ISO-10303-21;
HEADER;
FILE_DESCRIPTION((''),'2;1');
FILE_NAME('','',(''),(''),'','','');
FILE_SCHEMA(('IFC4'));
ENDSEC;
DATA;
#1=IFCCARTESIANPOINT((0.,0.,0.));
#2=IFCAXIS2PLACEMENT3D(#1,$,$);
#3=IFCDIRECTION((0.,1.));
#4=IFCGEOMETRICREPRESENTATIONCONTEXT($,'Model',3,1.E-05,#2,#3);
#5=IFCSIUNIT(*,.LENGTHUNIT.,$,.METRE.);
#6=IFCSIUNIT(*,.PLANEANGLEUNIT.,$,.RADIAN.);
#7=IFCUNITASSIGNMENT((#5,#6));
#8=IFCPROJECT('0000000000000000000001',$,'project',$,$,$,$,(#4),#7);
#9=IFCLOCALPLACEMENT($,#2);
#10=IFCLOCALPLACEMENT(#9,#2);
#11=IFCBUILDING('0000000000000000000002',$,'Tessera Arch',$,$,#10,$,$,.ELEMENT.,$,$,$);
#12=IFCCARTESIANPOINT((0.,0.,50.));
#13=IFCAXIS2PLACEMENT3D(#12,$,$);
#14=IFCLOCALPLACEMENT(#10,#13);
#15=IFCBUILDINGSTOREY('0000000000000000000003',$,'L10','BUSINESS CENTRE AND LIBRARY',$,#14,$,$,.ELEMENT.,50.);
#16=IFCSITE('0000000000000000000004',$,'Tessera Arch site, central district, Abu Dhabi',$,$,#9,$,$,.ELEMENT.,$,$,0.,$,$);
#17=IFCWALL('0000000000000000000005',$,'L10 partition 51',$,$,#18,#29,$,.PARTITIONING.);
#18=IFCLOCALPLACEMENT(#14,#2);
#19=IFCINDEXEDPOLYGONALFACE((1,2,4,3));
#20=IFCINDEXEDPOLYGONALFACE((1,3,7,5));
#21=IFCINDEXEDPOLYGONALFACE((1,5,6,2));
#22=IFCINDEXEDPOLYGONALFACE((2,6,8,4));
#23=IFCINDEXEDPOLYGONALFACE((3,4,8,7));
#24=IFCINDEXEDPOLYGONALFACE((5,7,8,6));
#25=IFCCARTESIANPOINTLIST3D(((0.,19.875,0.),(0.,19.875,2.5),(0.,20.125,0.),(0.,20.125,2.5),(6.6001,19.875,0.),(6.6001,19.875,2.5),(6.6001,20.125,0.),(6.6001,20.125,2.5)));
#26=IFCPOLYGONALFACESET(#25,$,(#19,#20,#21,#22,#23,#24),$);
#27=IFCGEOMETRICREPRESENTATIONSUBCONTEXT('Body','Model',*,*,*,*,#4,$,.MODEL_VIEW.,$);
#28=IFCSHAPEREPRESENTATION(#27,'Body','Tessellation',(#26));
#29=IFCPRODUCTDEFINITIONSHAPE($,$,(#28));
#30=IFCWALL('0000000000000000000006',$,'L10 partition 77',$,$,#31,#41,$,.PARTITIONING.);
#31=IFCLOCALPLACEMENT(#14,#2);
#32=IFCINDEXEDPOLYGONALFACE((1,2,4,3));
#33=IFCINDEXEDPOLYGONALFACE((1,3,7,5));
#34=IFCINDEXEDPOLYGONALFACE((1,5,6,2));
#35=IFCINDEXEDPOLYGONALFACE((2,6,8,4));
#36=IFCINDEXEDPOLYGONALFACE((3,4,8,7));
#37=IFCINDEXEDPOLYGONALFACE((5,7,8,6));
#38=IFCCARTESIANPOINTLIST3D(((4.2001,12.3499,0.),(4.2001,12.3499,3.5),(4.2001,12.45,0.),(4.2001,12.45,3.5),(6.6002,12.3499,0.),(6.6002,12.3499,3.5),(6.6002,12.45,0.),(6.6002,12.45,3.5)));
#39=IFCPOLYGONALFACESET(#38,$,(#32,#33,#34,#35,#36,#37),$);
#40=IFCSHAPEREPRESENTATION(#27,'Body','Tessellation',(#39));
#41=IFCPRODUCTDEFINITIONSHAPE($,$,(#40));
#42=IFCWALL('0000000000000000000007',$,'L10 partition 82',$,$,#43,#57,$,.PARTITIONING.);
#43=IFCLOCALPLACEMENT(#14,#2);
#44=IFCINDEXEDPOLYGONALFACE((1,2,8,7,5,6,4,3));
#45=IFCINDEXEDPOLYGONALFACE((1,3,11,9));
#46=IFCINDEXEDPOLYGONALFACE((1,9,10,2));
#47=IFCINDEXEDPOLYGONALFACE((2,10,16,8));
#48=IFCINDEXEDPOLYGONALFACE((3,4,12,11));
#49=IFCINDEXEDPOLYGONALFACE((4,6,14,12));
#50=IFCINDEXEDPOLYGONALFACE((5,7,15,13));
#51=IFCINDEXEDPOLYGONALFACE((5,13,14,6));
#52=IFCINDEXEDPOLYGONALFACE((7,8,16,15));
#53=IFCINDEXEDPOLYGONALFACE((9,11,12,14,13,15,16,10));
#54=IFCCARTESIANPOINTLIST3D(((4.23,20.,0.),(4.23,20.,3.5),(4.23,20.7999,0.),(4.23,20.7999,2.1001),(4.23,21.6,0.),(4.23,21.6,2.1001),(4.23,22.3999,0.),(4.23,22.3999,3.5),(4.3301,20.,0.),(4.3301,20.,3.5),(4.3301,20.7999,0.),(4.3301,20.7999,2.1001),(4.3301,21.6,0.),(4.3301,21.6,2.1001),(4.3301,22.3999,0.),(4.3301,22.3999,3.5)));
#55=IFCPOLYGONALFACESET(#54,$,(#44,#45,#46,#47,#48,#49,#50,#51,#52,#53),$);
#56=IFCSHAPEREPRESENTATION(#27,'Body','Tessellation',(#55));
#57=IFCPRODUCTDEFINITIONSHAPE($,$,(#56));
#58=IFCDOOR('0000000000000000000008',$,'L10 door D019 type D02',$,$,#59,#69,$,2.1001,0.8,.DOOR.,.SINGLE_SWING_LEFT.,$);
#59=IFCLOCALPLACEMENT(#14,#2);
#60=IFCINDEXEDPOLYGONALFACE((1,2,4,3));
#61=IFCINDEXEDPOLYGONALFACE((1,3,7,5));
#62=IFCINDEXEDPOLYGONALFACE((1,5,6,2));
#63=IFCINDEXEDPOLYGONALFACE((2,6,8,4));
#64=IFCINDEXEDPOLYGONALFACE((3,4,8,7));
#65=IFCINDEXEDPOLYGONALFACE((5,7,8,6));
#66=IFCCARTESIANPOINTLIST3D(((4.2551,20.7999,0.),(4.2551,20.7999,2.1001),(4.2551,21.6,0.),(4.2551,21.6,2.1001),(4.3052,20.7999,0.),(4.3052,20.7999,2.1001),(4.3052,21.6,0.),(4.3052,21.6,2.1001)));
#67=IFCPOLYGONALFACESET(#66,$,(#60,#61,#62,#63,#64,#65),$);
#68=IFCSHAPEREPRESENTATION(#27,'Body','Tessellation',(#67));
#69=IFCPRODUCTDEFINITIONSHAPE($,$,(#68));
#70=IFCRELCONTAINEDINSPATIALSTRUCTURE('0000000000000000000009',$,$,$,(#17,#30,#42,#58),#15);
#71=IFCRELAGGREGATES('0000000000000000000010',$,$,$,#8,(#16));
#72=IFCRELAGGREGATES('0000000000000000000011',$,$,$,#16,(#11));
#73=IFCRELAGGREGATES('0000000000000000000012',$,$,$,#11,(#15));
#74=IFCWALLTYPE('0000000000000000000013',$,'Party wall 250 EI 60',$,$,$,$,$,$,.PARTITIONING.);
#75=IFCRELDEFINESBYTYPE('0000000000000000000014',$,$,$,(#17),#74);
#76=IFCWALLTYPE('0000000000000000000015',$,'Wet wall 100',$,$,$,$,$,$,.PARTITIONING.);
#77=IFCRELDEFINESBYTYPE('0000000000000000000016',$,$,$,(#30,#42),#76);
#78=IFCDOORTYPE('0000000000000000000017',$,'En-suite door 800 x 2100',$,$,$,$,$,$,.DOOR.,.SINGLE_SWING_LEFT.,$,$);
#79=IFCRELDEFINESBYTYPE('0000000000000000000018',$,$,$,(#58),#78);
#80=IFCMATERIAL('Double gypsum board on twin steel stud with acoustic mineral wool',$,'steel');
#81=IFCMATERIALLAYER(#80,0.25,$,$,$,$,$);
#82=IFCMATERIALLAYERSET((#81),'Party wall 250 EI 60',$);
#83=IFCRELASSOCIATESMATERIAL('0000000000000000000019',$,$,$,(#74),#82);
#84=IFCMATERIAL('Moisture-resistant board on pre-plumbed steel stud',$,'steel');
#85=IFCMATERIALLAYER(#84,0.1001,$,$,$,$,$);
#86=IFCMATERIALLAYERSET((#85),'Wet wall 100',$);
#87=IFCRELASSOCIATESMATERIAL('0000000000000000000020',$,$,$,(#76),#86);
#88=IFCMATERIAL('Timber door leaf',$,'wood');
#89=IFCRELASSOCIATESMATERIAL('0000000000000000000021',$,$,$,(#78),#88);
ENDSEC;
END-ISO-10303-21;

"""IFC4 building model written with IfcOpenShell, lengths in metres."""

from ifc_helpers import new_model, si_unit, direction, frame, frame_2d, origin, place, context, subcontext, project, spatial, rectangle, extrude, material, layer, layer_set, type_object, element, fill, save


model = new_model("IFC4")

# Units and contexts
model_context = context("Model", 3, precision=1e-05, world=origin(), true_north=direction((0.0, 1.0)))
body_context = subcontext(model_context, "Body", "Model", "MODEL_VIEW")
ifc_project = project(units=[si_unit("LENGTHUNIT", "METRE"), si_unit("PLANEANGLEUNIT", "RADIAN")], contexts=[model_context])

# Site, building, storey
site_placement = place(None, origin())
site = spatial("IfcSite", under=ifc_project, at=site_placement, Name="Tessera Arch site, central district, Abu Dhabi", CompositionType="ELEMENT", RefElevation=0.0)
building_placement = place(site_placement, origin())
building = spatial("IfcBuilding", under=site, at=building_placement, Name="Tessera Arch", CompositionType="ELEMENT")
storey_placement = place(building_placement, frame((0.0, 0.0, 50.0)))
storey = spatial("IfcBuildingStorey", under=building, at=storey_placement, Name="L10", Description="BUSINESS CENTRE AND LIBRARY", CompositionType="ELEMENT", Elevation=50.0)

# Walls
ifc_material_1 = material(Name="Double gypsum board on twin steel stud with acoustic mineral wool", Category="steel")
ifc_layer_1 = layer(ifc_material_1, 0.25)
ifc_layer_set_1 = layer_set([ifc_layer_1], Name="Party wall 250 EI 60")
wall_type_1 = type_object("IfcWallType", Name="Party wall 250 EI 60", PredefinedType="PARTITIONING", material=ifc_layer_set_1)
wall_1_placement = place(storey_placement, frame((0.0, 20.0, 0.0), z_axis=(0.0, 0.0, 1.0), x_axis=(1.0, 0.0, 0.0)))
element("IfcWall", 1, at=wall_1_placement, inside=storey, type_object=wall_type_1, Name="L10 partition 51", PredefinedType="PARTITIONING", context=body_context, shape_type="SweptSolid", body=[
    extrude(rectangle(XDim=6.6001, YDim=0.25, at=frame_2d((3.3, 0.0))), origin(), (0.0, 0.0, 1.0), 2.5),
])
ifc_material_2 = material(Name="Moisture-resistant board on pre-plumbed steel stud", Category="steel")
ifc_layer_2 = layer(ifc_material_2, 0.1001)
ifc_layer_set_2 = layer_set([ifc_layer_2], Name="Wet wall 100")
wall_type_2 = type_object("IfcWallType", Name="Wet wall 100", PredefinedType="PARTITIONING", material=ifc_layer_set_2)
wall_2_placement = place(storey_placement, frame((4.2, 12.3999, 0.0), z_axis=(0.0, 0.0, 1.0), x_axis=(1.0, 0.0, 0.0)))
element("IfcWall", 2, at=wall_2_placement, inside=storey, type_object=wall_type_2, Name="L10 partition 77", PredefinedType="PARTITIONING", context=body_context, shape_type="SweptSolid", body=[
    extrude(rectangle(XDim=2.4001, YDim=0.1001, at=frame_2d((1.2002, 0.0))), origin(), (0.0, 0.0, 1.0), 3.5),
])

# Wall, opening, door
wall_3_placement = place(storey_placement, frame((4.28, 20.0, 0.0), z_axis=(0.0, 0.0, 1.0), x_axis=(0.0, 1.0, 0.0)))
wall_3 = element("IfcWall", 3, at=wall_3_placement, inside=storey, type_object=wall_type_2, Name="L10 partition 82", PredefinedType="PARTITIONING", context=body_context, shape_type="SweptSolid", body=[
    extrude(rectangle(XDim=2.3999, YDim=0.1001, at=frame_2d((1.2, 0.0))), origin(), (0.0, 0.0, 1.0), 3.5),
])
opening_1_placement = place(wall_3_placement, frame((0.8, 0.0, 0.0)))
opening_1 = element("IfcOpeningElement", 4, at=opening_1_placement, cuts=wall_3, PredefinedType="OPENING", context=body_context, shape_type="SweptSolid", body=[
    extrude(rectangle(XDim=0.8, YDim=2.1001, at=frame_2d((0.3999, 1.05))), frame((0.0, 0.0601, 0.0), z_axis=(0.0, -1.0, 0.0), x_axis=(1.0, 0.0, 0.0)), (0.0, 0.0, 1.0), 0.1201),
])
ifc_material_3 = material(Name="Timber door leaf", Category="wood")
door_type_1 = type_object("IfcDoorType", Name="En-suite door 800 x 2100", OperationType="SINGLE_SWING_LEFT", PredefinedType="DOOR", material=ifc_material_3)
door_1_placement = place(opening_1_placement, origin())
door_1 = element("IfcDoor", 5, at=door_1_placement, inside=storey, type_object=door_type_1, Name="L10 door D019 type D02", OperationType="SINGLE_SWING_LEFT", OverallHeight=2.1001, OverallWidth=0.8, PredefinedType="DOOR", context=body_context, shape_type="SweptSolid", body=[
    extrude(rectangle(XDim=0.8, YDim=2.1001, at=frame_2d((0.3999, 1.05))), frame((0.0, 0.0249, 0.0), z_axis=(0.0, -1.0, 0.0), x_axis=(1.0, 0.0, 0.0)), (0.0, 0.0, 1.0), 0.05),
])
fill(opening_1, door_1)

save(model, "model.ifc")
